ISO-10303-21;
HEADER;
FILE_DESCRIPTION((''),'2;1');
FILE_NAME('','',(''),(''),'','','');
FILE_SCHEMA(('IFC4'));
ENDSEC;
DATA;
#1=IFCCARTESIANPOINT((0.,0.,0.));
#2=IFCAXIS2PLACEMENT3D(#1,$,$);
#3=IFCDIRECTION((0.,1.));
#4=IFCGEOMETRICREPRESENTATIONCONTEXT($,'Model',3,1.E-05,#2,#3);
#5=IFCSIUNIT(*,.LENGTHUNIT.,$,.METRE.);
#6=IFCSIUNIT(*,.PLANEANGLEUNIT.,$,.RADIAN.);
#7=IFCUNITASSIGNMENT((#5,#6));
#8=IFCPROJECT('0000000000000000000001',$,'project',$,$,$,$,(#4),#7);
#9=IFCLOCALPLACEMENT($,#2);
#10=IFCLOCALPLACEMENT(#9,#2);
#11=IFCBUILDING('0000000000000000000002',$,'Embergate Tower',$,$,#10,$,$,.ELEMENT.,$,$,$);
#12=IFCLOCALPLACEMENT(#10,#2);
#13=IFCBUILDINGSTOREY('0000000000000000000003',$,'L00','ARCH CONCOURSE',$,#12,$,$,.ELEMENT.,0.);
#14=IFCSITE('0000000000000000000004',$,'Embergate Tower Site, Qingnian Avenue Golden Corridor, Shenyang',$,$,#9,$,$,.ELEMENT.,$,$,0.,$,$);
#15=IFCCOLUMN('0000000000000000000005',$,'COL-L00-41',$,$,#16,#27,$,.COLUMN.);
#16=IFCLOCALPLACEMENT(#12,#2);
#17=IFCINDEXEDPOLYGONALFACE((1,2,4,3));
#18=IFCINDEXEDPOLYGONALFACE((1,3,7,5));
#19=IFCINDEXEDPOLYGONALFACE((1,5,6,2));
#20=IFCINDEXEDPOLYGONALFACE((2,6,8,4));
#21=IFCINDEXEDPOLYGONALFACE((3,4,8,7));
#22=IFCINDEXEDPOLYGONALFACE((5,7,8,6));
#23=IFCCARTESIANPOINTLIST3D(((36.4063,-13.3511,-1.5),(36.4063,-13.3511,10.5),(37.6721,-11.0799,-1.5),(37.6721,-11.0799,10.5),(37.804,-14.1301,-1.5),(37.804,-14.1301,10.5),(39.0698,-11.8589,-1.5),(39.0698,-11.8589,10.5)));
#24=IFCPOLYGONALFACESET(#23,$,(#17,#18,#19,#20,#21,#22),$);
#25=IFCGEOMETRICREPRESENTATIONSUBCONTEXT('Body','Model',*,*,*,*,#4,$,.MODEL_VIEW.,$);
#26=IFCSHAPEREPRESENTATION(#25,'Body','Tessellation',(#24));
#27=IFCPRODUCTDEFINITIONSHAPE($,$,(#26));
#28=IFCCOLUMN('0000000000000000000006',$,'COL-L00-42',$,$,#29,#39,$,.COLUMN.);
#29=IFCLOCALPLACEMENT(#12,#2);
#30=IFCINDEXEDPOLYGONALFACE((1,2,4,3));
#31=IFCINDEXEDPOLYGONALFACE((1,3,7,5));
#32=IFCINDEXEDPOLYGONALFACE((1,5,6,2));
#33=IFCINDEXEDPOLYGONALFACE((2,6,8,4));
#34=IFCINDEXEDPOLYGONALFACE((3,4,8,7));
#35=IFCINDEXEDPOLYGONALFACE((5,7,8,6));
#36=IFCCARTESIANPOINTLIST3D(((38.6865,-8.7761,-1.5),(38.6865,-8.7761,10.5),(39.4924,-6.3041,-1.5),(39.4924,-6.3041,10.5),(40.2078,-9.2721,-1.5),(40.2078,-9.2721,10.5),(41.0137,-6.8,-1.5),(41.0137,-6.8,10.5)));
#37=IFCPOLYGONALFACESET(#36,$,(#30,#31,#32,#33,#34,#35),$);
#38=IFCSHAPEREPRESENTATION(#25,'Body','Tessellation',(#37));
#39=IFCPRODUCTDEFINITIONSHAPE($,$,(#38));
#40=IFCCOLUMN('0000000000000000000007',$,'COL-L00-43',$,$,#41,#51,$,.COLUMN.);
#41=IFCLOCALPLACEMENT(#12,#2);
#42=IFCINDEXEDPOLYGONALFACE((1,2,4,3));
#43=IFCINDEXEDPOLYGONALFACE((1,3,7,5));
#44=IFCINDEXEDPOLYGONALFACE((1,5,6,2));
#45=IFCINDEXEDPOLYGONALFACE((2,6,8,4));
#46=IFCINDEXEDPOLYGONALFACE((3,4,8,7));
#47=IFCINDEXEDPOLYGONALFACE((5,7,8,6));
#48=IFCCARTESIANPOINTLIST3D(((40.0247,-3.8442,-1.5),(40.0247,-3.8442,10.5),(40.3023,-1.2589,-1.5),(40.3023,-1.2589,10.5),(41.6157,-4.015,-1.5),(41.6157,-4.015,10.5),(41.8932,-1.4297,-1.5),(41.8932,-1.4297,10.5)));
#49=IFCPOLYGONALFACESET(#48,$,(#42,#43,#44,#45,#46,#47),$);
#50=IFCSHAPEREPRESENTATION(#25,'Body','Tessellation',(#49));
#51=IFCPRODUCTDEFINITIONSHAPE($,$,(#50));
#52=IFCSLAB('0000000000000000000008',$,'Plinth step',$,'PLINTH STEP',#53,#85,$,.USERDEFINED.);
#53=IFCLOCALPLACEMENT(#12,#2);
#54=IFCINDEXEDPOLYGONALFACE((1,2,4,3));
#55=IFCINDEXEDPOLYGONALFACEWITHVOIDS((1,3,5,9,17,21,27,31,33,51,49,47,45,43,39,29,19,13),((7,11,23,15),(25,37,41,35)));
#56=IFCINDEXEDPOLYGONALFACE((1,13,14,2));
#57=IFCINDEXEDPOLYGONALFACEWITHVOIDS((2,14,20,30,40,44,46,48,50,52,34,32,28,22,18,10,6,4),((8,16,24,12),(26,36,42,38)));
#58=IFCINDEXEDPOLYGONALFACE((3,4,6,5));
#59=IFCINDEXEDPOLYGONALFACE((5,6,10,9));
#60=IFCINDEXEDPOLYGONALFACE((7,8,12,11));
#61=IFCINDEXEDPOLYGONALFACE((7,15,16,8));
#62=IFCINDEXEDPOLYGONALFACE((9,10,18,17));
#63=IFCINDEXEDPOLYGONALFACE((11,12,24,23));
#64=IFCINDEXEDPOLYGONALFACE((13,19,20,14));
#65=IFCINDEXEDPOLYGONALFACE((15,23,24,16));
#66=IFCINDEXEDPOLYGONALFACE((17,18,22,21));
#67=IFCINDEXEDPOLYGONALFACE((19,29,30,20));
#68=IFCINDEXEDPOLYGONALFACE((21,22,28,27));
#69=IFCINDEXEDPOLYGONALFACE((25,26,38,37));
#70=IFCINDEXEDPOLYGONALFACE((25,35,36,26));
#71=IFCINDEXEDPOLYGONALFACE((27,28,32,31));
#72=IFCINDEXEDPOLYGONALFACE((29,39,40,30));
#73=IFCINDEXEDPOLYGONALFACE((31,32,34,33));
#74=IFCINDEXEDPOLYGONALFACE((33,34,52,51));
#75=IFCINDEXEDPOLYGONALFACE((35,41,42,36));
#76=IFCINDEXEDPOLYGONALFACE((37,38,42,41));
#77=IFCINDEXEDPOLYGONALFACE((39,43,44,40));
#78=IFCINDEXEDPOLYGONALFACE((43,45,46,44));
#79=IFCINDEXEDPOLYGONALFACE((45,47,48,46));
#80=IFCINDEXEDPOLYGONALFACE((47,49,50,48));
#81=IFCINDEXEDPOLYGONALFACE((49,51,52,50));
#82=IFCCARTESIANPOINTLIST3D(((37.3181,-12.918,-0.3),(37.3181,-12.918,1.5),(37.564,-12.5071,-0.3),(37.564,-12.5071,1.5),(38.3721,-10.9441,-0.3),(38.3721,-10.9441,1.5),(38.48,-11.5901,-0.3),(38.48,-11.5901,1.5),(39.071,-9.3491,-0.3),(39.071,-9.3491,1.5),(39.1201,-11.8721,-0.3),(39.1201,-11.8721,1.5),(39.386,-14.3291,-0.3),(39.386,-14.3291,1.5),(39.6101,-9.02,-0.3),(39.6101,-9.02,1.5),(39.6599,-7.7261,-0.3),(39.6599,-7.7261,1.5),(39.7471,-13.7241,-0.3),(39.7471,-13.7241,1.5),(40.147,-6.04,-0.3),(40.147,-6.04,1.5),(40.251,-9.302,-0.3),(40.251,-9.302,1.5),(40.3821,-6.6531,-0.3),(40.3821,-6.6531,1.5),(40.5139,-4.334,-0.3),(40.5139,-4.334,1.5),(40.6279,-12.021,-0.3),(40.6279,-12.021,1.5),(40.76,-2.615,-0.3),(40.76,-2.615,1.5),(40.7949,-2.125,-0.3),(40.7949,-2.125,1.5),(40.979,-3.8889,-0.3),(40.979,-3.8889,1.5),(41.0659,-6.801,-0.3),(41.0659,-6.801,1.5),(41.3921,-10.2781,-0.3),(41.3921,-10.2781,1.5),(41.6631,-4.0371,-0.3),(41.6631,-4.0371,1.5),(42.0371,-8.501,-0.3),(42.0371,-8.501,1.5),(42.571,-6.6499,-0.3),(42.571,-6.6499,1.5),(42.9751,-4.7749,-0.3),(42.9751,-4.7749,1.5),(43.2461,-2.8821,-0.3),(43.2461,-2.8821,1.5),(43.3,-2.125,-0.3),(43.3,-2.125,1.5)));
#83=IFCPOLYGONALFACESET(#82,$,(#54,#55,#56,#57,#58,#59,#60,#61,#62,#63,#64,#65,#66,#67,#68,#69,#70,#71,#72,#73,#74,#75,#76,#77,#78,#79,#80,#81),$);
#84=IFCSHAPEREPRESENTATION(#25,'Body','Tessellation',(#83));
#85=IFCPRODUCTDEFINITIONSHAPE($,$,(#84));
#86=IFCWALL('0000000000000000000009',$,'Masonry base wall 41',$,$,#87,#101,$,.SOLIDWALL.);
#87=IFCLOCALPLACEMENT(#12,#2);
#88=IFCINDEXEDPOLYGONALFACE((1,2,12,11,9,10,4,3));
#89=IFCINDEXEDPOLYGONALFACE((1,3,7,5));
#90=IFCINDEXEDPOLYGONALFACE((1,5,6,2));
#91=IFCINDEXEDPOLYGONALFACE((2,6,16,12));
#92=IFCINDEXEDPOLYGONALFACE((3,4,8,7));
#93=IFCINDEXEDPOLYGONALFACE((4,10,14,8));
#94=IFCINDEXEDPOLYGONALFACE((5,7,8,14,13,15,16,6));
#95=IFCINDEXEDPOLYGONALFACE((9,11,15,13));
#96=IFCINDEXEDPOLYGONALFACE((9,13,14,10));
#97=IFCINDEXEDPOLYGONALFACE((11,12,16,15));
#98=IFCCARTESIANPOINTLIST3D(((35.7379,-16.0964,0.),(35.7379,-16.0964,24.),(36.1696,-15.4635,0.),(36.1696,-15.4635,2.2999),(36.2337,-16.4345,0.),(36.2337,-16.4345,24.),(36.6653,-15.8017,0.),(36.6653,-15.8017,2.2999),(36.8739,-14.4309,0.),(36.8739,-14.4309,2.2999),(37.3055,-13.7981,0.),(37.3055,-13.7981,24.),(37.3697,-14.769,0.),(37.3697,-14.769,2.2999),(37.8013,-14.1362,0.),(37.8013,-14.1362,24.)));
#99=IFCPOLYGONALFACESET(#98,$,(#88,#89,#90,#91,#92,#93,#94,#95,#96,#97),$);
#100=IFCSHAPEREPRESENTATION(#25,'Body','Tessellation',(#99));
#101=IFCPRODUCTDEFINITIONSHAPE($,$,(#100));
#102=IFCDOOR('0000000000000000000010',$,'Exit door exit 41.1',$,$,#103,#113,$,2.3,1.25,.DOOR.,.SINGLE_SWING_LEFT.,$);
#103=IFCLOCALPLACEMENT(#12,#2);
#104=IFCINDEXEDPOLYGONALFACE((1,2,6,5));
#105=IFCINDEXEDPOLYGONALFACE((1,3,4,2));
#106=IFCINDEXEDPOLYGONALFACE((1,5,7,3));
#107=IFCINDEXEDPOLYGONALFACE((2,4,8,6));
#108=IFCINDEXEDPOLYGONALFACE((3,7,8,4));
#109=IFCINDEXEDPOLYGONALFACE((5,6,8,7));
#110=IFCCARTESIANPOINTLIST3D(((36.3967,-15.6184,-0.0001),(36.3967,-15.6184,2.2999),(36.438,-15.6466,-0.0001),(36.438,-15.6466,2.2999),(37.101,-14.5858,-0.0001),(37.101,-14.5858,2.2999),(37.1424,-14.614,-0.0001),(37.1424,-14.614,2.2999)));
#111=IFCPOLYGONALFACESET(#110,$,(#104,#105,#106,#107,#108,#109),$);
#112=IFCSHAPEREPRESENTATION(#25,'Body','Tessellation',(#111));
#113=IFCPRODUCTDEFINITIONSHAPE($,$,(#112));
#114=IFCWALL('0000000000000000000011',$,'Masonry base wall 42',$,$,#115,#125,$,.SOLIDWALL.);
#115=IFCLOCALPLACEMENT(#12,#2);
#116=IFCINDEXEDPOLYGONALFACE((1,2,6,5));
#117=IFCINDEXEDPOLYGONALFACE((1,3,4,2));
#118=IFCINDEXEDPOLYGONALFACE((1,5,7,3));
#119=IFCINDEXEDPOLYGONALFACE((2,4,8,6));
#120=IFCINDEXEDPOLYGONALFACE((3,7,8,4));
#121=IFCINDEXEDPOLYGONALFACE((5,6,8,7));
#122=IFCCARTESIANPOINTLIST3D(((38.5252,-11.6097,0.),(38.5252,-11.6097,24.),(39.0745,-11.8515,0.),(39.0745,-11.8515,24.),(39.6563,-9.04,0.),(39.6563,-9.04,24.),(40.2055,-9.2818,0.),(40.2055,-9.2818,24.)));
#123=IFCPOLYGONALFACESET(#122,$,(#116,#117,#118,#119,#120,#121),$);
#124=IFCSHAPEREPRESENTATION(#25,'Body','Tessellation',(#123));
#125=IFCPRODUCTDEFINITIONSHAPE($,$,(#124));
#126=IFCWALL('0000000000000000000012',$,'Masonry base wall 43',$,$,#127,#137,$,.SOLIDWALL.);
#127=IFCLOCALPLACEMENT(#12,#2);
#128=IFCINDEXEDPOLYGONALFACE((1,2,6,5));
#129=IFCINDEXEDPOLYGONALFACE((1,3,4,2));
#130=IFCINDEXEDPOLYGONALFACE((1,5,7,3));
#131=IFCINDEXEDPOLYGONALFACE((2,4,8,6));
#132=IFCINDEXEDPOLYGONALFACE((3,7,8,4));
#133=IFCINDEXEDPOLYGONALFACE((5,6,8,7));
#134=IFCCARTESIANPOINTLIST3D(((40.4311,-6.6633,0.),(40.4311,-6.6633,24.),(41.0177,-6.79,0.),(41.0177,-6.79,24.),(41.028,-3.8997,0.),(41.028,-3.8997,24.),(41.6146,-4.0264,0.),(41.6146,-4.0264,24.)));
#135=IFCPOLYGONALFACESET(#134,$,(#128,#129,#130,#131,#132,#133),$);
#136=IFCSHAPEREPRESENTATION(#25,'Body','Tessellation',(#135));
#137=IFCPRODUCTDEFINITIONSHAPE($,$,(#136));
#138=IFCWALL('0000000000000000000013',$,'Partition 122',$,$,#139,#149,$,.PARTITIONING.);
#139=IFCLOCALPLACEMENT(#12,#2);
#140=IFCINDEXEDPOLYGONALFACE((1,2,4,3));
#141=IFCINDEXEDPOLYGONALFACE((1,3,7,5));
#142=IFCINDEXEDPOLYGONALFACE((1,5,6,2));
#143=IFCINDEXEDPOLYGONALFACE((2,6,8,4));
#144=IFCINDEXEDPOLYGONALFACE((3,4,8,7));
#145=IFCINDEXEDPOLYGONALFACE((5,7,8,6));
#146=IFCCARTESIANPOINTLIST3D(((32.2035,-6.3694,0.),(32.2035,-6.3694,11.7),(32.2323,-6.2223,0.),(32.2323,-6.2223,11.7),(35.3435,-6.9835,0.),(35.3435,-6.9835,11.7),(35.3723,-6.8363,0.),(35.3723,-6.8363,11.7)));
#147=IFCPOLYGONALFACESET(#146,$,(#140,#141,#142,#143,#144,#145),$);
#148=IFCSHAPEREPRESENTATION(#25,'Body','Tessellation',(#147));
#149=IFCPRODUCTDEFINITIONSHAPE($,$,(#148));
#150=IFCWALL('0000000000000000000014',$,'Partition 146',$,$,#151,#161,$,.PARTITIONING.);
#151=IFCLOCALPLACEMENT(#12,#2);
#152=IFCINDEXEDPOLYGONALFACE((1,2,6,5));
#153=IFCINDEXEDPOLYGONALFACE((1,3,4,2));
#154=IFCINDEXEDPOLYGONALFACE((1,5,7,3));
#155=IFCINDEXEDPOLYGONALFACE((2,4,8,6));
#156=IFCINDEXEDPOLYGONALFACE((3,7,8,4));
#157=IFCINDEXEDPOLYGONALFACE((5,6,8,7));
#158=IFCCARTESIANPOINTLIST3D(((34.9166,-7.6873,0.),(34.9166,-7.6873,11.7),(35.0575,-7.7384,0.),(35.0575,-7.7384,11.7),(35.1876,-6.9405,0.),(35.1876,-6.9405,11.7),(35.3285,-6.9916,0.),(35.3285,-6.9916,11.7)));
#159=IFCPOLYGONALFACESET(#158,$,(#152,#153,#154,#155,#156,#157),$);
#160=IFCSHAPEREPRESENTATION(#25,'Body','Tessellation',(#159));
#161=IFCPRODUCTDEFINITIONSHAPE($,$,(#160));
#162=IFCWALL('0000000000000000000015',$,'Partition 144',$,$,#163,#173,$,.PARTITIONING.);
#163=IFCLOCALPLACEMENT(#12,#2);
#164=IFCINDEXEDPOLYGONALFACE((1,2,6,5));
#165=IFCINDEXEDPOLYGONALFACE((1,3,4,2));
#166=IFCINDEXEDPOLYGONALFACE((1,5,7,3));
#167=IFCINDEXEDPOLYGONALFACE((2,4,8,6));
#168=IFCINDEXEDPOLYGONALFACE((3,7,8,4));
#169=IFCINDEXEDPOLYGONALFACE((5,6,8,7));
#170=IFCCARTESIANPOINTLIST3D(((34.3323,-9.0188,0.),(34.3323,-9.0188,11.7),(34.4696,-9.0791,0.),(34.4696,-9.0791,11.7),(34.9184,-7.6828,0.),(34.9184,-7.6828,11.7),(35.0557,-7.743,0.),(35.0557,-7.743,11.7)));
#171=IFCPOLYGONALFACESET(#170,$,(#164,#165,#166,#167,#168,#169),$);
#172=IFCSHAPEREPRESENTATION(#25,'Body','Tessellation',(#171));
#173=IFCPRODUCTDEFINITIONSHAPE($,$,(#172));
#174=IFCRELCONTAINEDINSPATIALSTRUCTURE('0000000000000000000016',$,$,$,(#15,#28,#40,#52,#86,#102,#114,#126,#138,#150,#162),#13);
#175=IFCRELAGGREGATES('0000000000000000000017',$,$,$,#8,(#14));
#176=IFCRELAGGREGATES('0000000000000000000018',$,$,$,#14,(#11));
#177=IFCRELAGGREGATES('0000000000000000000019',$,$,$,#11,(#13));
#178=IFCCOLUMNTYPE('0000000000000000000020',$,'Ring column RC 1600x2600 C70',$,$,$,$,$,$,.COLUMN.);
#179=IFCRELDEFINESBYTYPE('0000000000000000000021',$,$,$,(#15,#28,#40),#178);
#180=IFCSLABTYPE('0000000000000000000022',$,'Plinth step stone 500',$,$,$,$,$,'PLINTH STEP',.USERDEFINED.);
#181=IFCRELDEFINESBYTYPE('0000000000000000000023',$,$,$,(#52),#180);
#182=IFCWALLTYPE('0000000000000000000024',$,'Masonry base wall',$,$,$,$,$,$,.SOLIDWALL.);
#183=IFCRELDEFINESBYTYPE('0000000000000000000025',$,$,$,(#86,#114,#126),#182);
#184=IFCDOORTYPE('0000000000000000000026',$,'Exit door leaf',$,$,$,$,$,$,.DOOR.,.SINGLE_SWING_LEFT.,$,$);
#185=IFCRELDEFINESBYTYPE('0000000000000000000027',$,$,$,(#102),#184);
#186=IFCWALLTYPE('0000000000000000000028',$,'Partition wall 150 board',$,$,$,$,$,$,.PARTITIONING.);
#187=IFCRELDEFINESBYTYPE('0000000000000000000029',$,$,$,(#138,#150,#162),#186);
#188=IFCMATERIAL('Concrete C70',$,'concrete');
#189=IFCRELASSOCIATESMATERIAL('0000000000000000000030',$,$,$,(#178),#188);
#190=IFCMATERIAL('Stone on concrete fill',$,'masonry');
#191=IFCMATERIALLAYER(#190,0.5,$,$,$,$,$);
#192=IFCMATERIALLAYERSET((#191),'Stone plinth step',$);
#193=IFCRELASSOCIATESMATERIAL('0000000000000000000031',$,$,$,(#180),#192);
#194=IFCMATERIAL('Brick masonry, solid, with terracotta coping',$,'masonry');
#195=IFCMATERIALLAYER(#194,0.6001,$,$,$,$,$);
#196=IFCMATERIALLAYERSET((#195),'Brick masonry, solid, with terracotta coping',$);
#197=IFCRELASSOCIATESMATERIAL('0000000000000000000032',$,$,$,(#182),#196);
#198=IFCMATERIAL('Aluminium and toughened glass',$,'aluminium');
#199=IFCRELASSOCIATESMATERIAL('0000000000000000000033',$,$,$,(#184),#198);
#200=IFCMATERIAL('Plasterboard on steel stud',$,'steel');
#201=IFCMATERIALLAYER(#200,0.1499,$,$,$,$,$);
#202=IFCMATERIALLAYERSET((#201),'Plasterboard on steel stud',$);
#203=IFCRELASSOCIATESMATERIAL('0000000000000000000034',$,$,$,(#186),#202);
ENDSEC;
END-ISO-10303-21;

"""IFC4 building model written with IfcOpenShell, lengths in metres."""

from ifc_helpers import new_model, si_unit, direction, frame, frame_2d, origin, origin_2d, place, context, subcontext, project, spatial, polyline, rectangle, outline, extrude, source, transform, mapped, material, layer, layer_set, material_profile, profile_set, type_object, element, fill, save


model = new_model("IFC4")

# Units and contexts
model_context = context("Model", 3, precision=1e-05, world=origin(), true_north=direction((0.0, 1.0)))
body_context = subcontext(model_context, "Body", "Model", "MODEL_VIEW")
ifc_project = project(units=[si_unit("LENGTHUNIT", "METRE"), si_unit("PLANEANGLEUNIT", "RADIAN")], contexts=[model_context])

# Site, building, storey
site_placement = place(None, origin())
site = spatial("IfcSite", under=ifc_project, at=site_placement, Name="Embergate Tower Site, Qingnian Avenue Golden Corridor, Shenyang", CompositionType="ELEMENT", RefElevation=0.0)
building_placement = place(site_placement, origin())
building = spatial("IfcBuilding", under=site, at=building_placement, Name="Embergate Tower", CompositionType="ELEMENT")
storey_placement = place(building_placement, origin())
storey = spatial("IfcBuildingStorey", under=building, at=storey_placement, Name="L00", Description="ARCH CONCOURSE", CompositionType="ELEMENT", Elevation=0.0)

# Columns
ifc_material_1 = material(Name="Concrete C70", Category="concrete")
ifc_material_profile = material_profile(ifc_material_1, rectangle(XDim=1.6001, YDim=2.6001, at=origin_2d()), Name="RC 1600x2600")
ifc_profile_set = profile_set([ifc_material_profile], Name="Concrete C70")
column_type = type_object("IfcColumnType", Name="Ring column RC 1600x2600 C70", PredefinedType="COLUMN", material=ifc_profile_set)
shared_shape_1 = source(origin(), body_context, "Body", "SweptSolid", [
    extrude(rectangle(XDim=1.6001, YDim=2.6001, at=origin_2d()), origin(), (0.0, 0.0, 1.0), 12.0),
])
for number, where, z_axis, x_axis, name in (
    (1, (37.738, -12.605, -1.5), (0.0, 0.0, 1.0), (0.873492, -0.486839, 0.0), "COL-L00-41"),
    (2, (39.8501, -7.7881, -1.5), (0.0, 0.0, 1.0), (0.950754, -0.309946, 0.0), "COL-L00-42"),
    (3, (40.959, -2.637, -1.5), (0.0, 0.0, 1.0), (0.994286, -0.10675, 0.0), "COL-L00-43"),
):
    element("IfcColumn", number, at=place(storey_placement, frame(where, z_axis=z_axis, x_axis=x_axis)), inside=storey, type_object=column_type, Name=name, PredefinedType="COLUMN", context=body_context, shape_type="MappedRepresentation", body=[
        mapped(shared_shape_1, transform((0.0, 0.0, 0.0))),
    ])

# Slab
ifc_material_2 = material(Name="Stone on concrete fill", Category="masonry")
ifc_layer_1 = layer(ifc_material_2, 0.5)
ifc_layer_set_1 = layer_set([ifc_layer_1], Name="Stone plinth step")
slab_type = type_object("IfcSlabType", Name="Plinth step stone 500", ElementType="PLINTH STEP", PredefinedType="USERDEFINED", material=ifc_layer_set_1)
shared_shape_2 = source(origin(), body_context, "Body", "SweptSolid", [
    extrude(outline(polyline([(0.0, 0.0), (0.3611, 0.605), (1.2419, 2.3081), (2.0061, 4.051), (2.6511, 5.8281), (3.1851, 7.6792), (3.5891, 9.5542), (3.8601, 11.447), (3.9141, 12.2041), (1.4089, 12.2041), (1.374, 11.7141), (1.1279, 9.9951), (0.761, 8.2891), (0.2739, 6.603), (-0.3149, 4.98), (-1.0139, 3.385), (-1.822, 1.822), (-2.0679, 1.4111), (0.0, 0.0)]), holes=[polyline([(-0.2659, 2.457), (-0.906, 2.739), (0.2241, 5.3091), (0.865, 5.0271), (-0.2659, 2.457)]), polyline([(1.6799, 7.5281), (0.9961, 7.676), (1.593, 10.4402), (2.2771, 10.292), (1.6799, 7.5281)])]), origin(), (0.0, 0.0, 1.0), 1.8),
])
slab_placement = place(storey_placement, frame((39.386, -14.3291, -0.3)))
element("IfcSlab", 4, at=slab_placement, inside=storey, type_object=slab_type, Name="Plinth step", ObjectType="PLINTH STEP", PredefinedType="USERDEFINED", context=body_context, shape_type="MappedRepresentation", body=[
    mapped(shared_shape_2, transform((0.0, 0.0, 0.0))),
])

# Wall, opening, door
ifc_material_3 = material(Name="Brick masonry, solid, with terracotta coping", Category="masonry")
ifc_layer_2 = layer(ifc_material_3, 0.6001)
ifc_layer_set_2 = layer_set([ifc_layer_2], Name="Brick masonry, solid, with terracotta coping")
wall_type_1 = type_object("IfcWallType", Name="Masonry base wall", PredefinedType="SOLIDWALL", material=ifc_layer_set_2)
shared_shape_3 = source(origin(), body_context, "Body", "SweptSolid", [
    extrude(rectangle(XDim=2.782, YDim=0.6001, at=frame_2d((1.3911, 0.0))), origin(), (0.0, 0.0, 1.0), 24.0),
])
wall_1_placement = place(storey_placement, frame((37.5535, -13.967, 0.0), z_axis=(0.0, 0.0, 1.0), x_axis=(-0.563478, -0.826131, 0.0)))
wall_1 = element("IfcWall", 5, at=wall_1_placement, inside=storey, type_object=wall_type_1, Name="Masonry base wall 41", PredefinedType="SOLIDWALL", context=body_context, shape_type="MappedRepresentation", body=[
    mapped(shared_shape_3, transform((0.0, 0.0, 0.0))),
])
shared_shape_4 = source(origin(), body_context, "Body", "SweptSolid", [
    extrude(rectangle(XDim=1.25, YDim=2.3, at=frame_2d((0.625, 1.1499))), frame((0.0, 0.3101, 0.0), z_axis=(0.0, -1.0, 0.0), x_axis=(1.0, 0.0, 0.0)), (0.0, 0.0, 1.0), 0.6201),
])
opening_1_placement = place(wall_1_placement, frame((0.7661, 0.0, 0.0)))
opening_1 = element("IfcOpeningElement", 6, at=opening_1_placement, cuts=wall_1, PredefinedType="OPENING", context=body_context, shape_type="MappedRepresentation", body=[
    mapped(shared_shape_4, transform((0.0, 0.0, 0.0))),
])
ifc_material_4 = material(Name="Aluminium and toughened glass", Category="aluminium")
door_type_1 = type_object("IfcDoorType", Name="Exit door leaf", OperationType="SINGLE_SWING_LEFT", PredefinedType="DOOR", material=ifc_material_4)
shared_shape_5 = source(origin(), body_context, "Body", "SweptSolid", [
    extrude(rectangle(XDim=1.25, YDim=2.3, at=frame_2d((0.625, 1.1499))), frame((0.0, 0.0249, 0.0), z_axis=(0.0, -1.0, 0.0), x_axis=(1.0, 0.0, 0.0)), (0.0, 0.0, 1.0), 0.05),
])
door_1_placement = place(opening_1_placement, origin())
door_1 = element("IfcDoor", 7, at=door_1_placement, inside=storey, type_object=door_type_1, Name="Exit door exit 41.1", OperationType="SINGLE_SWING_LEFT", OverallHeight=2.3, OverallWidth=1.25, PredefinedType="DOOR", context=body_context, shape_type="MappedRepresentation", body=[
    mapped(shared_shape_5, transform((0.0, 0.0, 0.0))),
])
fill(opening_1, door_1)

# Walls
shared_shape_6 = source(origin(), body_context, "Body", "SweptSolid", [
    extrude(rectangle(XDim=2.8076, YDim=0.6001, at=frame_2d((1.4038, 0.0))), origin(), (0.0, 0.0, 1.0), 24.0),
])
wall_2_placement = place(storey_placement, frame((39.9309, -9.1609, 0.0), z_axis=(0.0, 0.0, 1.0), x_axis=(-0.402852, -0.915265, 0.0)))
element("IfcWall", 8, at=wall_2_placement, inside=storey, type_object=wall_type_1, Name="Masonry base wall 42", PredefinedType="SOLIDWALL", context=body_context, shape_type="MappedRepresentation", body=[
    mapped(shared_shape_6, transform((0.0, 0.0, 0.0))),
])
shared_shape_7 = source(origin(), body_context, "Body", "SweptSolid", [
    extrude(rectangle(XDim=2.8274, YDim=0.6001, at=frame_2d((1.4136, 0.0))), origin(), (0.0, 0.0, 1.0), 24.0),
])
wall_3_placement = place(storey_placement, frame((41.3213, -3.9631, 0.0), z_axis=(0.0, 0.0, 1.0), x_axis=(-0.211121, -0.97746, 0.0)))
element("IfcWall", 9, at=wall_3_placement, inside=storey, type_object=wall_type_1, Name="Masonry base wall 43", PredefinedType="SOLIDWALL", context=body_context, shape_type="MappedRepresentation", body=[
    mapped(shared_shape_7, transform((0.0, 0.0, 0.0))),
])
ifc_material_5 = material(Name="Plasterboard on steel stud", Category="steel")
ifc_layer_3 = layer(ifc_material_5, 0.1499)
ifc_layer_set_3 = layer_set([ifc_layer_3], Name="Plasterboard on steel stud")
wall_type_2 = type_object("IfcWallType", Name="Partition wall 150 board", PredefinedType="PARTITIONING", material=ifc_layer_set_3)
shared_shape_8 = source(origin(), body_context, "Body", "SweptSolid", [
    extrude(rectangle(XDim=3.1995, YDim=0.1499, at=frame_2d((1.5996, 0.0))), origin(), (0.0, 0.0, 1.0), 11.7),
])
wall_4_placement = place(storey_placement, frame((32.218, -6.2959, 0.0), z_axis=(0.0, 0.0, 1.0), x_axis=(0.981411, -0.191917, 0.0)))
element("IfcWall", 10, at=wall_4_placement, inside=storey, type_object=wall_type_2, Name="Partition 122", PredefinedType="PARTITIONING", context=body_context, shape_type="MappedRepresentation", body=[
    mapped(shared_shape_8, transform((0.0, 0.0, 0.0))),
])
shared_shape_9 = source(origin(), body_context, "Body", "SweptSolid", [
    extrude(rectangle(XDim=0.7944, YDim=0.1499, at=frame_2d((0.3972, 0.0))), origin(), (0.0, 0.0, 1.0), 11.7),
])
wall_5_placement = place(storey_placement, frame((35.2581, -6.9661, 0.0), z_axis=(0.0, 0.0, 1.0), x_axis=(-0.341101, -0.940026, 0.0)))
element("IfcWall", 11, at=wall_5_placement, inside=storey, type_object=wall_type_2, Name="Partition 146", PredefinedType="PARTITIONING", context=body_context, shape_type="MappedRepresentation", body=[
    mapped(shared_shape_9, transform((0.0, 0.0, 0.0))),
])
shared_shape_10 = source(origin(), body_context, "Body", "SweptSolid", [
    extrude(rectangle(XDim=1.459, YDim=0.1499, at=frame_2d((0.7295, 0.0))), origin(), (0.0, 0.0, 1.0), 11.7),
])
wall_6_placement = place(storey_placement, frame((34.9871, -7.7129, 0.0), z_axis=(0.0, 0.0, 1.0), x_axis=(-0.40174, -0.915754, 0.0)))
element("IfcWall", 12, at=wall_6_placement, inside=storey, type_object=wall_type_2, Name="Partition 144", PredefinedType="PARTITIONING", context=body_context, shape_type="MappedRepresentation", body=[
    mapped(shared_shape_10, transform((0.0, 0.0, 0.0))),
])

save(model, "model.ifc")
